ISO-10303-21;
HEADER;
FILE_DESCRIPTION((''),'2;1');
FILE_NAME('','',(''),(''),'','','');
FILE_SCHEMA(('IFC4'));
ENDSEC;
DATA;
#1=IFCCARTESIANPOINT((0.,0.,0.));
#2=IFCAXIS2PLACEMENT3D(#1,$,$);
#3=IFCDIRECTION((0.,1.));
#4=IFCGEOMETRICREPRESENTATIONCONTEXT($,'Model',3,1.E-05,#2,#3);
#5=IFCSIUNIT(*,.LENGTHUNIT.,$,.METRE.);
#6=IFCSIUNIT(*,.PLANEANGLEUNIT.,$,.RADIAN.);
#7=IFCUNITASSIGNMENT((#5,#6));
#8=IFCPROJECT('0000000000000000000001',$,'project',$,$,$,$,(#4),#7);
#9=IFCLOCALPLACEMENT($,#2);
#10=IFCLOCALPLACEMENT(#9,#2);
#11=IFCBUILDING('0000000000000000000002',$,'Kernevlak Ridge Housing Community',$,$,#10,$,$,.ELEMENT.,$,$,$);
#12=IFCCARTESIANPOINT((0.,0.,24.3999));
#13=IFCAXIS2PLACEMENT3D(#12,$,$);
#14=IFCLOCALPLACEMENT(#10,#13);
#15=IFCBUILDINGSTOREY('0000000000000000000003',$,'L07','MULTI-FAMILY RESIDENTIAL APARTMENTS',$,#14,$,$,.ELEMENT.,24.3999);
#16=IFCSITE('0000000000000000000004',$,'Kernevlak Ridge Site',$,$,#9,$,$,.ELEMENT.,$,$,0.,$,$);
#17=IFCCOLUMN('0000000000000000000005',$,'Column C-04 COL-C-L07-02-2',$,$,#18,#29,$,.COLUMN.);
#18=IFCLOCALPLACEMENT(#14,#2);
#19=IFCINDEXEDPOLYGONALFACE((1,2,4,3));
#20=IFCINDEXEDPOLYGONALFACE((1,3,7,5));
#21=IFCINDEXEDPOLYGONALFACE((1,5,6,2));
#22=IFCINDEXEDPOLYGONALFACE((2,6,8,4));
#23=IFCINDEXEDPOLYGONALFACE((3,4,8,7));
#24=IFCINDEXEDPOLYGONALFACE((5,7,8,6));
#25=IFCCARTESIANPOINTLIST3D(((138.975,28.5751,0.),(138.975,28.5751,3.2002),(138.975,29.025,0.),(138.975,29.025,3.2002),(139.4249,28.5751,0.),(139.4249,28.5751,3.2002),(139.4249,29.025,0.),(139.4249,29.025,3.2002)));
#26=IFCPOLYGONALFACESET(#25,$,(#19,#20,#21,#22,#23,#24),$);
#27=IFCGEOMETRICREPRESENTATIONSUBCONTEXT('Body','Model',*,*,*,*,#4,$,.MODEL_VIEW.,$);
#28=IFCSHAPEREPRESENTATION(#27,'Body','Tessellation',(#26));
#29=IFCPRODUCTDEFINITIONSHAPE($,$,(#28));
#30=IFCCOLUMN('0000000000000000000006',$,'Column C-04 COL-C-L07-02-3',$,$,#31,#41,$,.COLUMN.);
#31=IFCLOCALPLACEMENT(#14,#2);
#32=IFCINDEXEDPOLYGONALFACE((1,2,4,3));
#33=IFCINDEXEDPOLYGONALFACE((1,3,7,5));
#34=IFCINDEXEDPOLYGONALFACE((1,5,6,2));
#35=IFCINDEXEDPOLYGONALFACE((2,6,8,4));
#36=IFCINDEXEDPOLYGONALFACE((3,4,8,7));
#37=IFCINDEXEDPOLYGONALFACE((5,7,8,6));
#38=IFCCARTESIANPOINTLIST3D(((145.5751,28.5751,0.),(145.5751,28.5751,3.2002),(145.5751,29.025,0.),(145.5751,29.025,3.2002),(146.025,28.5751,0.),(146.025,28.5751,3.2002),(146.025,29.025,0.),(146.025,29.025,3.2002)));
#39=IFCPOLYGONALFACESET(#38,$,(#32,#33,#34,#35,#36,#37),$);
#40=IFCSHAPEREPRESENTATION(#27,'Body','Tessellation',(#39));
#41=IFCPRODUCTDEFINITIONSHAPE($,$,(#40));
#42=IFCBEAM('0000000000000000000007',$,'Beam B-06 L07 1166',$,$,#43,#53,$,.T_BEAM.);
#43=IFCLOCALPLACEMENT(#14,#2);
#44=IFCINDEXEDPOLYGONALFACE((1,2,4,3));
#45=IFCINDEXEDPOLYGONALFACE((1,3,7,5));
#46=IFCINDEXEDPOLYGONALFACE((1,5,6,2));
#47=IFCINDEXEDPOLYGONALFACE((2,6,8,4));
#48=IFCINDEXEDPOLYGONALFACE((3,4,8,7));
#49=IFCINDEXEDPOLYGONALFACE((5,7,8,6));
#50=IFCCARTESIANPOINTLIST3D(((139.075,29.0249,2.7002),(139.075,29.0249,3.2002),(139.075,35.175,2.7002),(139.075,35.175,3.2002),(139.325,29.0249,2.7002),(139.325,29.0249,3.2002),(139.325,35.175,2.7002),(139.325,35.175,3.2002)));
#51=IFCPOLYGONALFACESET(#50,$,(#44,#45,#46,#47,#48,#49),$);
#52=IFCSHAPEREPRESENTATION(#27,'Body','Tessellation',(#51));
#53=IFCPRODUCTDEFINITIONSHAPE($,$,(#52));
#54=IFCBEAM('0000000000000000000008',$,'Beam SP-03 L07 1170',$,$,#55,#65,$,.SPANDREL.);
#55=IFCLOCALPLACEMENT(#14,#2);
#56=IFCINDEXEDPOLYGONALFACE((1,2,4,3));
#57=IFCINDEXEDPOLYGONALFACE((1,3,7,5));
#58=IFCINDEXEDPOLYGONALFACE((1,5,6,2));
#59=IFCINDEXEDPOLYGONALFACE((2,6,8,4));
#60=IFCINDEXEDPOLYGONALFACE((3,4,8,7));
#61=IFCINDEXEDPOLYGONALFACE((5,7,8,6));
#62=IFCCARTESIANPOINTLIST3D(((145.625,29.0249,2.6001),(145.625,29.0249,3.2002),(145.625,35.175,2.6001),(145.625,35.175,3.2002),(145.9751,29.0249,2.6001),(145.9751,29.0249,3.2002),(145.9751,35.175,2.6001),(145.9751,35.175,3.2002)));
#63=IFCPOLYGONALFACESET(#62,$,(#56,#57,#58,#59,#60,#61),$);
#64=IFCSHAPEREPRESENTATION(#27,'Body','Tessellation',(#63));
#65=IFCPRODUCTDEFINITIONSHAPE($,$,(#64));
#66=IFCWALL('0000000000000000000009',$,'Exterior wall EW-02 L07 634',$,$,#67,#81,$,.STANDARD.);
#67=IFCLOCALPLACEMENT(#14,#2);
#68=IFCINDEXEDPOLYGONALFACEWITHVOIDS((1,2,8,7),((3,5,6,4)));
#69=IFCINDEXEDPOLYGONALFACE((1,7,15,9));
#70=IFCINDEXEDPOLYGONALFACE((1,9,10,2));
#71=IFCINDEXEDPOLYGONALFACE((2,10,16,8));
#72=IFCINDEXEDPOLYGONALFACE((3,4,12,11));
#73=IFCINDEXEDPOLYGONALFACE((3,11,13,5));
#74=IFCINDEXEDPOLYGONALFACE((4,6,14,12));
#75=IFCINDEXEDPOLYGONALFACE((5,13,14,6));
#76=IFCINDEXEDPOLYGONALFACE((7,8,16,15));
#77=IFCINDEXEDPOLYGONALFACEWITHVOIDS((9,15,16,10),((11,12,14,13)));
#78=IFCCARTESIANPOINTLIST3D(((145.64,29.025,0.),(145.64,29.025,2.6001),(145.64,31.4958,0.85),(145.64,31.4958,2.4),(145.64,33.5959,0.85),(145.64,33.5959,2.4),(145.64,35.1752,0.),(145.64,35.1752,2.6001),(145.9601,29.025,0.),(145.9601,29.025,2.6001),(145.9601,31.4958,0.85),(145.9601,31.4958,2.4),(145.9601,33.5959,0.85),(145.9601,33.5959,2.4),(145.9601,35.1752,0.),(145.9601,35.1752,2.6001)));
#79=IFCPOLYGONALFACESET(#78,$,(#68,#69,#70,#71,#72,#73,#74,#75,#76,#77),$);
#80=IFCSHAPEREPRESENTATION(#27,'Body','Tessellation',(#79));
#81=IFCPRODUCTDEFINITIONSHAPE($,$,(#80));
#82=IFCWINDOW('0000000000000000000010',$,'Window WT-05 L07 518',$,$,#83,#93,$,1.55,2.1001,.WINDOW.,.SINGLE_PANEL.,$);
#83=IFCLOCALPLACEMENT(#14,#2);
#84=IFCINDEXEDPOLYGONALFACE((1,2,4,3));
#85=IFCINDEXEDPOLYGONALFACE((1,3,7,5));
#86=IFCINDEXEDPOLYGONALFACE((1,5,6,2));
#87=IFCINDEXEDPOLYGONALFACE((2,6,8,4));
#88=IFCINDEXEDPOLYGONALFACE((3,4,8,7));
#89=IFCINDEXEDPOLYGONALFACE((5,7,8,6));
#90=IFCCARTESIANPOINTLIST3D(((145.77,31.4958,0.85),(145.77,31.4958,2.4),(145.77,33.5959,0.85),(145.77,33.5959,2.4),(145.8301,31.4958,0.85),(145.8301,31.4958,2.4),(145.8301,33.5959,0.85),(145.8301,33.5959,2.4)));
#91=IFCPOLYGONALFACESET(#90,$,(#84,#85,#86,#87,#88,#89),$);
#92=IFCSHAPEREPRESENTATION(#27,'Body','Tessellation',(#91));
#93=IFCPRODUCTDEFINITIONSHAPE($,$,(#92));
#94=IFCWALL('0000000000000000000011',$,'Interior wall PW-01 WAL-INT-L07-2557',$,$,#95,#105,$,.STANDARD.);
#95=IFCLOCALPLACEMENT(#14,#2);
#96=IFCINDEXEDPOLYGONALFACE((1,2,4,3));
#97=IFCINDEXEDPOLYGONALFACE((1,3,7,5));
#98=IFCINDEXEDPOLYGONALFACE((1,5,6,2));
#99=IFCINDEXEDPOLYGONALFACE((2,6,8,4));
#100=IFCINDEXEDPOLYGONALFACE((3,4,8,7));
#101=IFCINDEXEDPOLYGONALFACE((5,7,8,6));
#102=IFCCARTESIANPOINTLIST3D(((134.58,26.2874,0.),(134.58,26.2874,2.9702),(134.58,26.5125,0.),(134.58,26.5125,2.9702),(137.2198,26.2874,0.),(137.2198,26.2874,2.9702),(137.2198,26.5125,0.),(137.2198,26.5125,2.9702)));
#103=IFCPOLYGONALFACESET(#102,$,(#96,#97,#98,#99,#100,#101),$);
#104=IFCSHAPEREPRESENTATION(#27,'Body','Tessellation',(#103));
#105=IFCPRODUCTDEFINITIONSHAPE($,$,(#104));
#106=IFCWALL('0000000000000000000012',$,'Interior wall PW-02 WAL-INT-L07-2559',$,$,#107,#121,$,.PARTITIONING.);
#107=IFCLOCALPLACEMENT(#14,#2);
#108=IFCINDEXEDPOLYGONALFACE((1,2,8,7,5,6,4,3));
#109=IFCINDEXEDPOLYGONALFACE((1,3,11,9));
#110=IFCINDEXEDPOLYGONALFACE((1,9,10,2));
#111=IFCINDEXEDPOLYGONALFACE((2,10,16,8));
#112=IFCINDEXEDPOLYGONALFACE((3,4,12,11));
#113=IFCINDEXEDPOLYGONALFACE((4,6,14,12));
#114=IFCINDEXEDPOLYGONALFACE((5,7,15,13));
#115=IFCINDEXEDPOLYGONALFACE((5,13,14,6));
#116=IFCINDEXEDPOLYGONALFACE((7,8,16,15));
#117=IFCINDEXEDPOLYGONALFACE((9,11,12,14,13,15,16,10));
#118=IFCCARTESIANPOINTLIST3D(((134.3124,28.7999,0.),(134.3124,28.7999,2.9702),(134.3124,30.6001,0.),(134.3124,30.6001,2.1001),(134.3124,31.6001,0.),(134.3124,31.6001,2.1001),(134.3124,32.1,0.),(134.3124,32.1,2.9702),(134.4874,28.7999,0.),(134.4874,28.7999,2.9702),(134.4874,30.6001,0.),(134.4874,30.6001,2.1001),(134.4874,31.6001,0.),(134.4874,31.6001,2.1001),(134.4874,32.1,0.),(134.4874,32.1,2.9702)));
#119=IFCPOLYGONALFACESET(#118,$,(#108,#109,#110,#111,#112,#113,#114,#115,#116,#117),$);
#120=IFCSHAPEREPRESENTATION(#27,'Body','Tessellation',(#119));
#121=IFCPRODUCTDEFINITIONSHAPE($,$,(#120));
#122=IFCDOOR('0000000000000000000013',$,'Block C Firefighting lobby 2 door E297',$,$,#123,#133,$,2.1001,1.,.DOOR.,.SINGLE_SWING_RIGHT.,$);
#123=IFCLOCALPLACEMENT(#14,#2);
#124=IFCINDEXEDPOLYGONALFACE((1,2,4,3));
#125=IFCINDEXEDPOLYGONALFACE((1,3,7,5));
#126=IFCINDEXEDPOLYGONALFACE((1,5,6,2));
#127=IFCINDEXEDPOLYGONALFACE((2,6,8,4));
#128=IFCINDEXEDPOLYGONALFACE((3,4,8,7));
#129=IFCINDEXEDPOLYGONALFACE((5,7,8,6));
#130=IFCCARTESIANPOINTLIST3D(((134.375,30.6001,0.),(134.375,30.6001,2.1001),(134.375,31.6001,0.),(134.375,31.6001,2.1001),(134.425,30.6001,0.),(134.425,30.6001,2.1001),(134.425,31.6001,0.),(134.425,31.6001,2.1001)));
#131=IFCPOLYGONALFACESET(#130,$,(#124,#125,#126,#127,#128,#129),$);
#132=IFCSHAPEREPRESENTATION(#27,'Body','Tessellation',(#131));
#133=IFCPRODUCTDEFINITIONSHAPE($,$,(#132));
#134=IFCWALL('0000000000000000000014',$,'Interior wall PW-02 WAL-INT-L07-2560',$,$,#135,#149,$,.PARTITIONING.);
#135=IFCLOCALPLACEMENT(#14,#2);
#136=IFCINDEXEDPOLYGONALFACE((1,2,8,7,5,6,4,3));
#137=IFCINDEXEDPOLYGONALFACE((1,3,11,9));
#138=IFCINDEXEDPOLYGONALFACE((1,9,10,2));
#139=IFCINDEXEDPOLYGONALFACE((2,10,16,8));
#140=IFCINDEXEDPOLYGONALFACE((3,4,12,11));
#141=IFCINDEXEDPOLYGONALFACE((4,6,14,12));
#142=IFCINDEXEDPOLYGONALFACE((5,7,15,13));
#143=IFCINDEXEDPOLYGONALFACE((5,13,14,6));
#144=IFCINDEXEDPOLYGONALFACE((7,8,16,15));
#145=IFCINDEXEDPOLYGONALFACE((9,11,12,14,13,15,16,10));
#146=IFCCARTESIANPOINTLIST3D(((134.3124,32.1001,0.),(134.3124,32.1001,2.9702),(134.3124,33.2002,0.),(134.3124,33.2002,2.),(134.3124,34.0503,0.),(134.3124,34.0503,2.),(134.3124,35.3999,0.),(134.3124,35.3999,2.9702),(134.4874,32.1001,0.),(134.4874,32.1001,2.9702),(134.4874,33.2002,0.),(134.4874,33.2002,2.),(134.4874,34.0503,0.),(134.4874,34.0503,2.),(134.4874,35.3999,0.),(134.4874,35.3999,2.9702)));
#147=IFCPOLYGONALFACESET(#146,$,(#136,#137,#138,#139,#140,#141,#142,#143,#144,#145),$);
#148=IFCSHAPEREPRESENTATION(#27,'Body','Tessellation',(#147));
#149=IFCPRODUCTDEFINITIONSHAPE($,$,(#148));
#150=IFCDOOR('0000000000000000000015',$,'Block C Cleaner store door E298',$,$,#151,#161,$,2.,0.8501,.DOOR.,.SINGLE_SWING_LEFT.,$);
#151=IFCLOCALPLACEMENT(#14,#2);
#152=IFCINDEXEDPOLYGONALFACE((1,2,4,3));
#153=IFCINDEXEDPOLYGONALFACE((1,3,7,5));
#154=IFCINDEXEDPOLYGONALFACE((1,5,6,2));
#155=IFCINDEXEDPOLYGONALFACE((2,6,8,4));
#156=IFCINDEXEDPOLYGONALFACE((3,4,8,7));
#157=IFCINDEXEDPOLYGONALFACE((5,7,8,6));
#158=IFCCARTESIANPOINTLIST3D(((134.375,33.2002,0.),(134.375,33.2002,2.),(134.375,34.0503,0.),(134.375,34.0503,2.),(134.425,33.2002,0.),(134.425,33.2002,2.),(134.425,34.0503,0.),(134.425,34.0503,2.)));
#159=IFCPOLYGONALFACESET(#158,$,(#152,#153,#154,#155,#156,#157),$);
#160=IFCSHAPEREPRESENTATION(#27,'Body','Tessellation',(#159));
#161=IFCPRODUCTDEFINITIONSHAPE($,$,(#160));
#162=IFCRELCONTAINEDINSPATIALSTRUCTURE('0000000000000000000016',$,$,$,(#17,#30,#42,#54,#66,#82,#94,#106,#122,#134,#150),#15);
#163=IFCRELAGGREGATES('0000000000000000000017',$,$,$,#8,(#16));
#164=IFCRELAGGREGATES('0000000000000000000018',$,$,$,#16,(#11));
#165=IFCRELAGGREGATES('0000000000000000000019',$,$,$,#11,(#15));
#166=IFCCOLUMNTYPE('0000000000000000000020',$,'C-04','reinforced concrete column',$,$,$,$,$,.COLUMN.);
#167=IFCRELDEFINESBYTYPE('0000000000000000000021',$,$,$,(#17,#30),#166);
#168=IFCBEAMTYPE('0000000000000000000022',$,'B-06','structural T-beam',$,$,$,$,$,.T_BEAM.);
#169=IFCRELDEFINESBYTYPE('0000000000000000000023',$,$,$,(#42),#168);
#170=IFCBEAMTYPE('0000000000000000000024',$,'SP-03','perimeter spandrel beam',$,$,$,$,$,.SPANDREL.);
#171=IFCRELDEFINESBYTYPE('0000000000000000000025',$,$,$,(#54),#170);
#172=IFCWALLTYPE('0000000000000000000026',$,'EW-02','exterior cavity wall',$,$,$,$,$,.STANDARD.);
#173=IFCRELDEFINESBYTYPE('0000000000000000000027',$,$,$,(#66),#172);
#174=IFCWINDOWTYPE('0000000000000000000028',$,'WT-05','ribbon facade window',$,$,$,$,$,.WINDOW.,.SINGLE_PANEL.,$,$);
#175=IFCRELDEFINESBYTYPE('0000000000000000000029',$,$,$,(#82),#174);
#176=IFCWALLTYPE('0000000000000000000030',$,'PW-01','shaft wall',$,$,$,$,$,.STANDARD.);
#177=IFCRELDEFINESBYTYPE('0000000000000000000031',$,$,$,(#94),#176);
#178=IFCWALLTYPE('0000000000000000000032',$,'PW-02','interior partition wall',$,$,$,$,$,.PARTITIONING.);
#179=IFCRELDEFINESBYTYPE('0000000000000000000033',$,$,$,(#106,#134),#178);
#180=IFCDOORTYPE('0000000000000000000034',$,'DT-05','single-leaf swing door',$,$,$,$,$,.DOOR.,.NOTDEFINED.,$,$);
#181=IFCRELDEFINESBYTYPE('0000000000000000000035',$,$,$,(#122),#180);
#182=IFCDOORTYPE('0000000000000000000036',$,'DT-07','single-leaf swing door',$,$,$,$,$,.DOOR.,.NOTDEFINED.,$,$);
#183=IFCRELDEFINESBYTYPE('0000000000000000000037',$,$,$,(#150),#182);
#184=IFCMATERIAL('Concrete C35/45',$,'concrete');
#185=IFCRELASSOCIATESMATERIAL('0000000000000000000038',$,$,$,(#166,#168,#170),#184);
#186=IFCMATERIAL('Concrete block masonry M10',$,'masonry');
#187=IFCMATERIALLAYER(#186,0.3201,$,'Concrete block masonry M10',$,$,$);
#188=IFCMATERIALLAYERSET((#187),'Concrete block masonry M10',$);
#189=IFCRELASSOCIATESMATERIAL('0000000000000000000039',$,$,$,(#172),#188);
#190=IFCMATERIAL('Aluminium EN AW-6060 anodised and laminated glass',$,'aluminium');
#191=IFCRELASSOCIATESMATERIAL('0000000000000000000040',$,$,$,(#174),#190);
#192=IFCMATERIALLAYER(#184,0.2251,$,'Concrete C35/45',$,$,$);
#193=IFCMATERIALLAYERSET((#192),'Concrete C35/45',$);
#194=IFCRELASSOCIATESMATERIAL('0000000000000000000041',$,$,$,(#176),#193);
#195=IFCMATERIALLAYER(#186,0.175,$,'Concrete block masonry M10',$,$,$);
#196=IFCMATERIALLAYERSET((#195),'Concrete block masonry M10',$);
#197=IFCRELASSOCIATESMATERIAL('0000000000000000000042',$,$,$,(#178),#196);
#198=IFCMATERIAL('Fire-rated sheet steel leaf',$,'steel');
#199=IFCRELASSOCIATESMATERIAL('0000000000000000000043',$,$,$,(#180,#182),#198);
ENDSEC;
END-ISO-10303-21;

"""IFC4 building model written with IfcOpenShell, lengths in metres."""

from ifc_helpers import new_model, si_unit, direction, frame, frame_2d, origin, origin_2d, place, context, subcontext, project, spatial, rectangle, extrude, material, layer, layer_set, material_profile, profile_set, type_object, element, fill, save


model = new_model("IFC4")

# Units and contexts
model_context = context("Model", 3, precision=1e-05, world=origin(), true_north=direction((0.0, 1.0)))
body_context = subcontext(model_context, "Body", "Model", "MODEL_VIEW")
ifc_project = project(units=[si_unit("LENGTHUNIT", "METRE"), si_unit("PLANEANGLEUNIT", "RADIAN")], contexts=[model_context])

# Site, building, storey
site_placement = place(None, origin())
site = spatial("IfcSite", under=ifc_project, at=site_placement, Name="Kernevlak Ridge Site", CompositionType="ELEMENT", RefElevation=0.0)
building_placement = place(site_placement, origin())
building = spatial("IfcBuilding", under=site, at=building_placement, Name="Kernevlak Ridge Housing Community", CompositionType="ELEMENT")
storey_placement = place(building_placement, frame((0.0, 0.0, 24.3999)))
storey = spatial("IfcBuildingStorey", under=building, at=storey_placement, Name="L07", Description="MULTI-FAMILY RESIDENTIAL APARTMENTS", CompositionType="ELEMENT", Elevation=24.3999)

# Columns
ifc_material_1 = material(Name="Concrete C35/45", Category="concrete")
ifc_material_profile_1 = material_profile(ifc_material_1, rectangle(XDim=0.45, YDim=0.45, at=origin_2d()), Name="RC 450x450")
ifc_profile_set_1 = profile_set([ifc_material_profile_1], Name="Concrete C35/45")
column_type = type_object("IfcColumnType", Name="C-04", Description="reinforced concrete column", PredefinedType="COLUMN", material=ifc_profile_set_1)
for number, where, z_axis, x_axis, name in (
    (1, (139.2, 28.8, 0.0), (0.0, 0.0, 1.0), (1.0, 0.0, 0.0), "Column C-04 COL-C-L07-02-2"),
    (2, (145.8, 28.8, 0.0), (0.0, 0.0, 1.0), (1.0, 0.0, 0.0), "Column C-04 COL-C-L07-02-3"),
):
    element("IfcColumn", number, at=place(storey_placement, frame(where, z_axis=z_axis, x_axis=x_axis)), inside=storey, type_object=column_type, Name=name, PredefinedType="COLUMN", context=body_context, shape_type="SweptSolid", body=[
        extrude(rectangle(XDim=0.45, YDim=0.45, at=origin_2d()), origin(), (0.0, 0.0, 1.0), 3.2002),
    ])

# Beams
ifc_material_profile_2 = material_profile(ifc_material_1, rectangle(XDim=0.25, YDim=0.5, at=origin_2d()), Name="RC 250x500")
ifc_profile_set_2 = profile_set([ifc_material_profile_2], Name="Concrete C35/45")
beam_type_1 = type_object("IfcBeamType", Name="B-06", Description="structural T-beam", PredefinedType="T_BEAM", material=ifc_profile_set_2)
beam_1_placement = place(storey_placement, frame((139.2, 29.0249, 2.9502), z_axis=(0.0, 1.0, 0.0), x_axis=(-1.0, 0.0, 0.0)))
element("IfcBeam", 3, at=beam_1_placement, inside=storey, type_object=beam_type_1, Name="Beam B-06 L07 1166", PredefinedType="T_BEAM", context=body_context, shape_type="SweptSolid", body=[
    extrude(rectangle(XDim=0.25, YDim=0.5, at=origin_2d()), origin(), (0.0, 0.0, 1.0), 6.1501),
])
ifc_material_profile_3 = material_profile(ifc_material_1, rectangle(XDim=0.3501, YDim=0.6001, at=origin_2d()), Name="RC 350x600")
ifc_profile_set_3 = profile_set([ifc_material_profile_3], Name="Concrete C35/45")
beam_type_2 = type_object("IfcBeamType", Name="SP-03", Description="perimeter spandrel beam", PredefinedType="SPANDREL", material=ifc_profile_set_3)
beam_2_placement = place(storey_placement, frame((145.8, 29.0249, 2.9001), z_axis=(0.0, 1.0, 0.0), x_axis=(-1.0, 0.0, 0.0)))
element("IfcBeam", 4, at=beam_2_placement, inside=storey, type_object=beam_type_2, Name="Beam SP-03 L07 1170", PredefinedType="SPANDREL", context=body_context, shape_type="SweptSolid", body=[
    extrude(rectangle(XDim=0.3501, YDim=0.6001, at=origin_2d()), origin(), (0.0, 0.0, 1.0), 6.1501),
])

# Wall, opening, window
ifc_material_2 = material(Name="Concrete block masonry M10", Category="masonry")
ifc_layer_1 = layer(ifc_material_2, 0.3201, Name="Concrete block masonry M10")
ifc_layer_set_1 = layer_set([ifc_layer_1], Name="Concrete block masonry M10")
wall_type_1 = type_object("IfcWallType", Name="EW-02", Description="exterior cavity wall", PredefinedType="STANDARD", material=ifc_layer_set_1)
wall_1_placement = place(storey_placement, frame((145.8, 29.0249, 0.0), z_axis=(0.0, 0.0, 1.0), x_axis=(0.0, 1.0, 0.0)))
wall_1 = element("IfcWall", 5, at=wall_1_placement, inside=storey, type_object=wall_type_1, Name="Exterior wall EW-02 L07 634", PredefinedType="STANDARD", context=body_context, shape_type="SweptSolid", body=[
    extrude(rectangle(XDim=6.1501, YDim=0.3201, at=frame_2d((3.0752, 0.0))), origin(), (0.0, 0.0, 1.0), 2.6001),
])
opening_1_placement = place(wall_1_placement, frame((2.4709, 0.0, 0.8501)))
opening_1 = element("IfcOpeningElement", 6, at=opening_1_placement, cuts=wall_1, PredefinedType="OPENING", context=body_context, shape_type="SweptSolid", body=[
    extrude(rectangle(XDim=2.1001, YDim=1.55, at=frame_2d((1.05, 0.7749))), frame((0.0, 0.1699, 0.0), z_axis=(0.0, -1.0, 0.0), x_axis=(1.0, 0.0, 0.0)), (0.0, 0.0, 1.0), 0.3401),
])
ifc_material_3 = material(Name="Aluminium EN AW-6060 anodised and laminated glass", Category="aluminium")
window_type = type_object("IfcWindowType", Name="WT-05", Description="ribbon facade window", PartitioningType="SINGLE_PANEL", PredefinedType="WINDOW", material=ifc_material_3)
window_placement = place(opening_1_placement, origin())
window = element("IfcWindow", 7, at=window_placement, inside=storey, type_object=window_type, Name="Window WT-05 L07 518", OverallHeight=1.55, OverallWidth=2.1001, PartitioningType="SINGLE_PANEL", PredefinedType="WINDOW", context=body_context, shape_type="SweptSolid", body=[
    extrude(rectangle(XDim=2.1001, YDim=1.55, at=frame_2d((1.05, 0.7749))), frame((0.0, 0.03, 0.0), z_axis=(0.0, -1.0, 0.0), x_axis=(1.0, 0.0, 0.0)), (0.0, 0.0, 1.0), 0.0601),
])
fill(opening_1, window)

# Wall
ifc_layer_2 = layer(ifc_material_1, 0.2251, Name="Concrete C35/45")
ifc_layer_set_2 = layer_set([ifc_layer_2], Name="Concrete C35/45")
wall_type_2 = type_object("IfcWallType", Name="PW-01", Description="shaft wall", PredefinedType="STANDARD", material=ifc_layer_set_2)
wall_2_placement = place(storey_placement, frame((134.5801, 26.3999, 0.0), z_axis=(0.0, 0.0, 1.0), x_axis=(1.0, 0.0, 0.0)))
element("IfcWall", 8, at=wall_2_placement, inside=storey, type_object=wall_type_2, Name="Interior wall PW-01 WAL-INT-L07-2557", PredefinedType="STANDARD", context=body_context, shape_type="SweptSolid", body=[
    extrude(rectangle(XDim=2.6399, YDim=0.2251, at=frame_2d((1.3198, 0.0))), origin(), (0.0, 0.0, 1.0), 2.9702),
])

# Walls, openings, doors
ifc_material_4 = material(Name="Fire-rated sheet steel leaf", Category="steel")
ifc_layer_3 = layer(ifc_material_2, 0.175, Name="Concrete block masonry M10")
ifc_layer_set_3 = layer_set([ifc_layer_3], Name="Concrete block masonry M10")
wall_type_3 = type_object("IfcWallType", Name="PW-02", Description="interior partition wall", PredefinedType="PARTITIONING", material=ifc_layer_set_3)
wall_3_placement = place(storey_placement, frame((134.3999, 28.8, 0.0), z_axis=(0.0, 0.0, 1.0), x_axis=(0.0, 1.0, 0.0)))
wall_3 = element("IfcWall", 9, at=wall_3_placement, inside=storey, type_object=wall_type_3, Name="Interior wall PW-02 WAL-INT-L07-2559", PredefinedType="PARTITIONING", context=body_context, shape_type="SweptSolid", body=[
    extrude(rectangle(XDim=3.3, YDim=0.175, at=frame_2d((1.6499, 0.0))), origin(), (0.0, 0.0, 1.0), 2.9702),
])
opening_2_placement = place(wall_3_placement, frame((1.8, 0.0, 0.0)))
opening_2 = element("IfcOpeningElement", 10, at=opening_2_placement, cuts=wall_3, PredefinedType="OPENING", context=body_context, shape_type="SweptSolid", body=[
    extrude(rectangle(XDim=1.0, YDim=2.1001, at=frame_2d((0.5, 1.05))), frame((0.0, 0.0974, 0.0), z_axis=(0.0, -1.0, 0.0), x_axis=(1.0, 0.0, 0.0)), (0.0, 0.0, 1.0), 0.1951),
])
door_type_1 = type_object("IfcDoorType", Name="DT-05", Description="single-leaf swing door", OperationType="NOTDEFINED", PredefinedType="DOOR", material=ifc_material_4)
door_1_placement = place(opening_2_placement, origin())
door_1 = element("IfcDoor", 11, at=door_1_placement, inside=storey, type_object=door_type_1, Name="Block C Firefighting lobby 2 door E297", OperationType="SINGLE_SWING_RIGHT", OverallHeight=2.1001, OverallWidth=1.0, PredefinedType="DOOR", context=body_context, shape_type="SweptSolid", body=[
    extrude(rectangle(XDim=1.0, YDim=2.1001, at=frame_2d((0.5, 1.05))), frame((0.0, 0.0249, 0.0), z_axis=(0.0, -1.0, 0.0), x_axis=(1.0, 0.0, 0.0)), (0.0, 0.0, 1.0), 0.05),
])
fill(opening_2, door_1)
wall_4_placement = place(storey_placement, frame((134.3999, 32.1001, 0.0), z_axis=(0.0, 0.0, 1.0), x_axis=(0.0, 1.0, 0.0)))
wall_4 = element("IfcWall", 12, at=wall_4_placement, inside=storey, type_object=wall_type_3, Name="Interior wall PW-02 WAL-INT-L07-2560", PredefinedType="PARTITIONING", context=body_context, shape_type="SweptSolid", body=[
    extrude(rectangle(XDim=3.2998, YDim=0.175, at=frame_2d((1.6499, 0.0))), origin(), (0.0, 0.0, 1.0), 2.9702),
])
opening_3_placement = place(wall_4_placement, frame((1.1001, 0.0, 0.0)))
opening_3 = element("IfcOpeningElement", 13, at=opening_3_placement, cuts=wall_4, PredefinedType="OPENING", context=body_context, shape_type="SweptSolid", body=[
    extrude(rectangle(XDim=0.8501, YDim=2.0, at=frame_2d((0.425, 1.0))), frame((0.0, 0.0974, 0.0), z_axis=(0.0, -1.0, 0.0), x_axis=(1.0, 0.0, 0.0)), (0.0, 0.0, 1.0), 0.1951),
])
door_type_2 = type_object("IfcDoorType", Name="DT-07", Description="single-leaf swing door", OperationType="NOTDEFINED", PredefinedType="DOOR", material=ifc_material_4)
door_2_placement = place(opening_3_placement, origin())
door_2 = element("IfcDoor", 14, at=door_2_placement, inside=storey, type_object=door_type_2, Name="Block C Cleaner store door E298", OperationType="SINGLE_SWING_LEFT", OverallHeight=2.0, OverallWidth=0.8501, PredefinedType="DOOR", context=body_context, shape_type="SweptSolid", body=[
    extrude(rectangle(XDim=0.8501, YDim=2.0, at=frame_2d((0.425, 1.0))), frame((0.0, 0.0249, 0.0), z_axis=(0.0, -1.0, 0.0), x_axis=(1.0, 0.0, 0.0)), (0.0, 0.0, 1.0), 0.05),
])
fill(opening_3, door_2)

save(model, "model.ifc")
